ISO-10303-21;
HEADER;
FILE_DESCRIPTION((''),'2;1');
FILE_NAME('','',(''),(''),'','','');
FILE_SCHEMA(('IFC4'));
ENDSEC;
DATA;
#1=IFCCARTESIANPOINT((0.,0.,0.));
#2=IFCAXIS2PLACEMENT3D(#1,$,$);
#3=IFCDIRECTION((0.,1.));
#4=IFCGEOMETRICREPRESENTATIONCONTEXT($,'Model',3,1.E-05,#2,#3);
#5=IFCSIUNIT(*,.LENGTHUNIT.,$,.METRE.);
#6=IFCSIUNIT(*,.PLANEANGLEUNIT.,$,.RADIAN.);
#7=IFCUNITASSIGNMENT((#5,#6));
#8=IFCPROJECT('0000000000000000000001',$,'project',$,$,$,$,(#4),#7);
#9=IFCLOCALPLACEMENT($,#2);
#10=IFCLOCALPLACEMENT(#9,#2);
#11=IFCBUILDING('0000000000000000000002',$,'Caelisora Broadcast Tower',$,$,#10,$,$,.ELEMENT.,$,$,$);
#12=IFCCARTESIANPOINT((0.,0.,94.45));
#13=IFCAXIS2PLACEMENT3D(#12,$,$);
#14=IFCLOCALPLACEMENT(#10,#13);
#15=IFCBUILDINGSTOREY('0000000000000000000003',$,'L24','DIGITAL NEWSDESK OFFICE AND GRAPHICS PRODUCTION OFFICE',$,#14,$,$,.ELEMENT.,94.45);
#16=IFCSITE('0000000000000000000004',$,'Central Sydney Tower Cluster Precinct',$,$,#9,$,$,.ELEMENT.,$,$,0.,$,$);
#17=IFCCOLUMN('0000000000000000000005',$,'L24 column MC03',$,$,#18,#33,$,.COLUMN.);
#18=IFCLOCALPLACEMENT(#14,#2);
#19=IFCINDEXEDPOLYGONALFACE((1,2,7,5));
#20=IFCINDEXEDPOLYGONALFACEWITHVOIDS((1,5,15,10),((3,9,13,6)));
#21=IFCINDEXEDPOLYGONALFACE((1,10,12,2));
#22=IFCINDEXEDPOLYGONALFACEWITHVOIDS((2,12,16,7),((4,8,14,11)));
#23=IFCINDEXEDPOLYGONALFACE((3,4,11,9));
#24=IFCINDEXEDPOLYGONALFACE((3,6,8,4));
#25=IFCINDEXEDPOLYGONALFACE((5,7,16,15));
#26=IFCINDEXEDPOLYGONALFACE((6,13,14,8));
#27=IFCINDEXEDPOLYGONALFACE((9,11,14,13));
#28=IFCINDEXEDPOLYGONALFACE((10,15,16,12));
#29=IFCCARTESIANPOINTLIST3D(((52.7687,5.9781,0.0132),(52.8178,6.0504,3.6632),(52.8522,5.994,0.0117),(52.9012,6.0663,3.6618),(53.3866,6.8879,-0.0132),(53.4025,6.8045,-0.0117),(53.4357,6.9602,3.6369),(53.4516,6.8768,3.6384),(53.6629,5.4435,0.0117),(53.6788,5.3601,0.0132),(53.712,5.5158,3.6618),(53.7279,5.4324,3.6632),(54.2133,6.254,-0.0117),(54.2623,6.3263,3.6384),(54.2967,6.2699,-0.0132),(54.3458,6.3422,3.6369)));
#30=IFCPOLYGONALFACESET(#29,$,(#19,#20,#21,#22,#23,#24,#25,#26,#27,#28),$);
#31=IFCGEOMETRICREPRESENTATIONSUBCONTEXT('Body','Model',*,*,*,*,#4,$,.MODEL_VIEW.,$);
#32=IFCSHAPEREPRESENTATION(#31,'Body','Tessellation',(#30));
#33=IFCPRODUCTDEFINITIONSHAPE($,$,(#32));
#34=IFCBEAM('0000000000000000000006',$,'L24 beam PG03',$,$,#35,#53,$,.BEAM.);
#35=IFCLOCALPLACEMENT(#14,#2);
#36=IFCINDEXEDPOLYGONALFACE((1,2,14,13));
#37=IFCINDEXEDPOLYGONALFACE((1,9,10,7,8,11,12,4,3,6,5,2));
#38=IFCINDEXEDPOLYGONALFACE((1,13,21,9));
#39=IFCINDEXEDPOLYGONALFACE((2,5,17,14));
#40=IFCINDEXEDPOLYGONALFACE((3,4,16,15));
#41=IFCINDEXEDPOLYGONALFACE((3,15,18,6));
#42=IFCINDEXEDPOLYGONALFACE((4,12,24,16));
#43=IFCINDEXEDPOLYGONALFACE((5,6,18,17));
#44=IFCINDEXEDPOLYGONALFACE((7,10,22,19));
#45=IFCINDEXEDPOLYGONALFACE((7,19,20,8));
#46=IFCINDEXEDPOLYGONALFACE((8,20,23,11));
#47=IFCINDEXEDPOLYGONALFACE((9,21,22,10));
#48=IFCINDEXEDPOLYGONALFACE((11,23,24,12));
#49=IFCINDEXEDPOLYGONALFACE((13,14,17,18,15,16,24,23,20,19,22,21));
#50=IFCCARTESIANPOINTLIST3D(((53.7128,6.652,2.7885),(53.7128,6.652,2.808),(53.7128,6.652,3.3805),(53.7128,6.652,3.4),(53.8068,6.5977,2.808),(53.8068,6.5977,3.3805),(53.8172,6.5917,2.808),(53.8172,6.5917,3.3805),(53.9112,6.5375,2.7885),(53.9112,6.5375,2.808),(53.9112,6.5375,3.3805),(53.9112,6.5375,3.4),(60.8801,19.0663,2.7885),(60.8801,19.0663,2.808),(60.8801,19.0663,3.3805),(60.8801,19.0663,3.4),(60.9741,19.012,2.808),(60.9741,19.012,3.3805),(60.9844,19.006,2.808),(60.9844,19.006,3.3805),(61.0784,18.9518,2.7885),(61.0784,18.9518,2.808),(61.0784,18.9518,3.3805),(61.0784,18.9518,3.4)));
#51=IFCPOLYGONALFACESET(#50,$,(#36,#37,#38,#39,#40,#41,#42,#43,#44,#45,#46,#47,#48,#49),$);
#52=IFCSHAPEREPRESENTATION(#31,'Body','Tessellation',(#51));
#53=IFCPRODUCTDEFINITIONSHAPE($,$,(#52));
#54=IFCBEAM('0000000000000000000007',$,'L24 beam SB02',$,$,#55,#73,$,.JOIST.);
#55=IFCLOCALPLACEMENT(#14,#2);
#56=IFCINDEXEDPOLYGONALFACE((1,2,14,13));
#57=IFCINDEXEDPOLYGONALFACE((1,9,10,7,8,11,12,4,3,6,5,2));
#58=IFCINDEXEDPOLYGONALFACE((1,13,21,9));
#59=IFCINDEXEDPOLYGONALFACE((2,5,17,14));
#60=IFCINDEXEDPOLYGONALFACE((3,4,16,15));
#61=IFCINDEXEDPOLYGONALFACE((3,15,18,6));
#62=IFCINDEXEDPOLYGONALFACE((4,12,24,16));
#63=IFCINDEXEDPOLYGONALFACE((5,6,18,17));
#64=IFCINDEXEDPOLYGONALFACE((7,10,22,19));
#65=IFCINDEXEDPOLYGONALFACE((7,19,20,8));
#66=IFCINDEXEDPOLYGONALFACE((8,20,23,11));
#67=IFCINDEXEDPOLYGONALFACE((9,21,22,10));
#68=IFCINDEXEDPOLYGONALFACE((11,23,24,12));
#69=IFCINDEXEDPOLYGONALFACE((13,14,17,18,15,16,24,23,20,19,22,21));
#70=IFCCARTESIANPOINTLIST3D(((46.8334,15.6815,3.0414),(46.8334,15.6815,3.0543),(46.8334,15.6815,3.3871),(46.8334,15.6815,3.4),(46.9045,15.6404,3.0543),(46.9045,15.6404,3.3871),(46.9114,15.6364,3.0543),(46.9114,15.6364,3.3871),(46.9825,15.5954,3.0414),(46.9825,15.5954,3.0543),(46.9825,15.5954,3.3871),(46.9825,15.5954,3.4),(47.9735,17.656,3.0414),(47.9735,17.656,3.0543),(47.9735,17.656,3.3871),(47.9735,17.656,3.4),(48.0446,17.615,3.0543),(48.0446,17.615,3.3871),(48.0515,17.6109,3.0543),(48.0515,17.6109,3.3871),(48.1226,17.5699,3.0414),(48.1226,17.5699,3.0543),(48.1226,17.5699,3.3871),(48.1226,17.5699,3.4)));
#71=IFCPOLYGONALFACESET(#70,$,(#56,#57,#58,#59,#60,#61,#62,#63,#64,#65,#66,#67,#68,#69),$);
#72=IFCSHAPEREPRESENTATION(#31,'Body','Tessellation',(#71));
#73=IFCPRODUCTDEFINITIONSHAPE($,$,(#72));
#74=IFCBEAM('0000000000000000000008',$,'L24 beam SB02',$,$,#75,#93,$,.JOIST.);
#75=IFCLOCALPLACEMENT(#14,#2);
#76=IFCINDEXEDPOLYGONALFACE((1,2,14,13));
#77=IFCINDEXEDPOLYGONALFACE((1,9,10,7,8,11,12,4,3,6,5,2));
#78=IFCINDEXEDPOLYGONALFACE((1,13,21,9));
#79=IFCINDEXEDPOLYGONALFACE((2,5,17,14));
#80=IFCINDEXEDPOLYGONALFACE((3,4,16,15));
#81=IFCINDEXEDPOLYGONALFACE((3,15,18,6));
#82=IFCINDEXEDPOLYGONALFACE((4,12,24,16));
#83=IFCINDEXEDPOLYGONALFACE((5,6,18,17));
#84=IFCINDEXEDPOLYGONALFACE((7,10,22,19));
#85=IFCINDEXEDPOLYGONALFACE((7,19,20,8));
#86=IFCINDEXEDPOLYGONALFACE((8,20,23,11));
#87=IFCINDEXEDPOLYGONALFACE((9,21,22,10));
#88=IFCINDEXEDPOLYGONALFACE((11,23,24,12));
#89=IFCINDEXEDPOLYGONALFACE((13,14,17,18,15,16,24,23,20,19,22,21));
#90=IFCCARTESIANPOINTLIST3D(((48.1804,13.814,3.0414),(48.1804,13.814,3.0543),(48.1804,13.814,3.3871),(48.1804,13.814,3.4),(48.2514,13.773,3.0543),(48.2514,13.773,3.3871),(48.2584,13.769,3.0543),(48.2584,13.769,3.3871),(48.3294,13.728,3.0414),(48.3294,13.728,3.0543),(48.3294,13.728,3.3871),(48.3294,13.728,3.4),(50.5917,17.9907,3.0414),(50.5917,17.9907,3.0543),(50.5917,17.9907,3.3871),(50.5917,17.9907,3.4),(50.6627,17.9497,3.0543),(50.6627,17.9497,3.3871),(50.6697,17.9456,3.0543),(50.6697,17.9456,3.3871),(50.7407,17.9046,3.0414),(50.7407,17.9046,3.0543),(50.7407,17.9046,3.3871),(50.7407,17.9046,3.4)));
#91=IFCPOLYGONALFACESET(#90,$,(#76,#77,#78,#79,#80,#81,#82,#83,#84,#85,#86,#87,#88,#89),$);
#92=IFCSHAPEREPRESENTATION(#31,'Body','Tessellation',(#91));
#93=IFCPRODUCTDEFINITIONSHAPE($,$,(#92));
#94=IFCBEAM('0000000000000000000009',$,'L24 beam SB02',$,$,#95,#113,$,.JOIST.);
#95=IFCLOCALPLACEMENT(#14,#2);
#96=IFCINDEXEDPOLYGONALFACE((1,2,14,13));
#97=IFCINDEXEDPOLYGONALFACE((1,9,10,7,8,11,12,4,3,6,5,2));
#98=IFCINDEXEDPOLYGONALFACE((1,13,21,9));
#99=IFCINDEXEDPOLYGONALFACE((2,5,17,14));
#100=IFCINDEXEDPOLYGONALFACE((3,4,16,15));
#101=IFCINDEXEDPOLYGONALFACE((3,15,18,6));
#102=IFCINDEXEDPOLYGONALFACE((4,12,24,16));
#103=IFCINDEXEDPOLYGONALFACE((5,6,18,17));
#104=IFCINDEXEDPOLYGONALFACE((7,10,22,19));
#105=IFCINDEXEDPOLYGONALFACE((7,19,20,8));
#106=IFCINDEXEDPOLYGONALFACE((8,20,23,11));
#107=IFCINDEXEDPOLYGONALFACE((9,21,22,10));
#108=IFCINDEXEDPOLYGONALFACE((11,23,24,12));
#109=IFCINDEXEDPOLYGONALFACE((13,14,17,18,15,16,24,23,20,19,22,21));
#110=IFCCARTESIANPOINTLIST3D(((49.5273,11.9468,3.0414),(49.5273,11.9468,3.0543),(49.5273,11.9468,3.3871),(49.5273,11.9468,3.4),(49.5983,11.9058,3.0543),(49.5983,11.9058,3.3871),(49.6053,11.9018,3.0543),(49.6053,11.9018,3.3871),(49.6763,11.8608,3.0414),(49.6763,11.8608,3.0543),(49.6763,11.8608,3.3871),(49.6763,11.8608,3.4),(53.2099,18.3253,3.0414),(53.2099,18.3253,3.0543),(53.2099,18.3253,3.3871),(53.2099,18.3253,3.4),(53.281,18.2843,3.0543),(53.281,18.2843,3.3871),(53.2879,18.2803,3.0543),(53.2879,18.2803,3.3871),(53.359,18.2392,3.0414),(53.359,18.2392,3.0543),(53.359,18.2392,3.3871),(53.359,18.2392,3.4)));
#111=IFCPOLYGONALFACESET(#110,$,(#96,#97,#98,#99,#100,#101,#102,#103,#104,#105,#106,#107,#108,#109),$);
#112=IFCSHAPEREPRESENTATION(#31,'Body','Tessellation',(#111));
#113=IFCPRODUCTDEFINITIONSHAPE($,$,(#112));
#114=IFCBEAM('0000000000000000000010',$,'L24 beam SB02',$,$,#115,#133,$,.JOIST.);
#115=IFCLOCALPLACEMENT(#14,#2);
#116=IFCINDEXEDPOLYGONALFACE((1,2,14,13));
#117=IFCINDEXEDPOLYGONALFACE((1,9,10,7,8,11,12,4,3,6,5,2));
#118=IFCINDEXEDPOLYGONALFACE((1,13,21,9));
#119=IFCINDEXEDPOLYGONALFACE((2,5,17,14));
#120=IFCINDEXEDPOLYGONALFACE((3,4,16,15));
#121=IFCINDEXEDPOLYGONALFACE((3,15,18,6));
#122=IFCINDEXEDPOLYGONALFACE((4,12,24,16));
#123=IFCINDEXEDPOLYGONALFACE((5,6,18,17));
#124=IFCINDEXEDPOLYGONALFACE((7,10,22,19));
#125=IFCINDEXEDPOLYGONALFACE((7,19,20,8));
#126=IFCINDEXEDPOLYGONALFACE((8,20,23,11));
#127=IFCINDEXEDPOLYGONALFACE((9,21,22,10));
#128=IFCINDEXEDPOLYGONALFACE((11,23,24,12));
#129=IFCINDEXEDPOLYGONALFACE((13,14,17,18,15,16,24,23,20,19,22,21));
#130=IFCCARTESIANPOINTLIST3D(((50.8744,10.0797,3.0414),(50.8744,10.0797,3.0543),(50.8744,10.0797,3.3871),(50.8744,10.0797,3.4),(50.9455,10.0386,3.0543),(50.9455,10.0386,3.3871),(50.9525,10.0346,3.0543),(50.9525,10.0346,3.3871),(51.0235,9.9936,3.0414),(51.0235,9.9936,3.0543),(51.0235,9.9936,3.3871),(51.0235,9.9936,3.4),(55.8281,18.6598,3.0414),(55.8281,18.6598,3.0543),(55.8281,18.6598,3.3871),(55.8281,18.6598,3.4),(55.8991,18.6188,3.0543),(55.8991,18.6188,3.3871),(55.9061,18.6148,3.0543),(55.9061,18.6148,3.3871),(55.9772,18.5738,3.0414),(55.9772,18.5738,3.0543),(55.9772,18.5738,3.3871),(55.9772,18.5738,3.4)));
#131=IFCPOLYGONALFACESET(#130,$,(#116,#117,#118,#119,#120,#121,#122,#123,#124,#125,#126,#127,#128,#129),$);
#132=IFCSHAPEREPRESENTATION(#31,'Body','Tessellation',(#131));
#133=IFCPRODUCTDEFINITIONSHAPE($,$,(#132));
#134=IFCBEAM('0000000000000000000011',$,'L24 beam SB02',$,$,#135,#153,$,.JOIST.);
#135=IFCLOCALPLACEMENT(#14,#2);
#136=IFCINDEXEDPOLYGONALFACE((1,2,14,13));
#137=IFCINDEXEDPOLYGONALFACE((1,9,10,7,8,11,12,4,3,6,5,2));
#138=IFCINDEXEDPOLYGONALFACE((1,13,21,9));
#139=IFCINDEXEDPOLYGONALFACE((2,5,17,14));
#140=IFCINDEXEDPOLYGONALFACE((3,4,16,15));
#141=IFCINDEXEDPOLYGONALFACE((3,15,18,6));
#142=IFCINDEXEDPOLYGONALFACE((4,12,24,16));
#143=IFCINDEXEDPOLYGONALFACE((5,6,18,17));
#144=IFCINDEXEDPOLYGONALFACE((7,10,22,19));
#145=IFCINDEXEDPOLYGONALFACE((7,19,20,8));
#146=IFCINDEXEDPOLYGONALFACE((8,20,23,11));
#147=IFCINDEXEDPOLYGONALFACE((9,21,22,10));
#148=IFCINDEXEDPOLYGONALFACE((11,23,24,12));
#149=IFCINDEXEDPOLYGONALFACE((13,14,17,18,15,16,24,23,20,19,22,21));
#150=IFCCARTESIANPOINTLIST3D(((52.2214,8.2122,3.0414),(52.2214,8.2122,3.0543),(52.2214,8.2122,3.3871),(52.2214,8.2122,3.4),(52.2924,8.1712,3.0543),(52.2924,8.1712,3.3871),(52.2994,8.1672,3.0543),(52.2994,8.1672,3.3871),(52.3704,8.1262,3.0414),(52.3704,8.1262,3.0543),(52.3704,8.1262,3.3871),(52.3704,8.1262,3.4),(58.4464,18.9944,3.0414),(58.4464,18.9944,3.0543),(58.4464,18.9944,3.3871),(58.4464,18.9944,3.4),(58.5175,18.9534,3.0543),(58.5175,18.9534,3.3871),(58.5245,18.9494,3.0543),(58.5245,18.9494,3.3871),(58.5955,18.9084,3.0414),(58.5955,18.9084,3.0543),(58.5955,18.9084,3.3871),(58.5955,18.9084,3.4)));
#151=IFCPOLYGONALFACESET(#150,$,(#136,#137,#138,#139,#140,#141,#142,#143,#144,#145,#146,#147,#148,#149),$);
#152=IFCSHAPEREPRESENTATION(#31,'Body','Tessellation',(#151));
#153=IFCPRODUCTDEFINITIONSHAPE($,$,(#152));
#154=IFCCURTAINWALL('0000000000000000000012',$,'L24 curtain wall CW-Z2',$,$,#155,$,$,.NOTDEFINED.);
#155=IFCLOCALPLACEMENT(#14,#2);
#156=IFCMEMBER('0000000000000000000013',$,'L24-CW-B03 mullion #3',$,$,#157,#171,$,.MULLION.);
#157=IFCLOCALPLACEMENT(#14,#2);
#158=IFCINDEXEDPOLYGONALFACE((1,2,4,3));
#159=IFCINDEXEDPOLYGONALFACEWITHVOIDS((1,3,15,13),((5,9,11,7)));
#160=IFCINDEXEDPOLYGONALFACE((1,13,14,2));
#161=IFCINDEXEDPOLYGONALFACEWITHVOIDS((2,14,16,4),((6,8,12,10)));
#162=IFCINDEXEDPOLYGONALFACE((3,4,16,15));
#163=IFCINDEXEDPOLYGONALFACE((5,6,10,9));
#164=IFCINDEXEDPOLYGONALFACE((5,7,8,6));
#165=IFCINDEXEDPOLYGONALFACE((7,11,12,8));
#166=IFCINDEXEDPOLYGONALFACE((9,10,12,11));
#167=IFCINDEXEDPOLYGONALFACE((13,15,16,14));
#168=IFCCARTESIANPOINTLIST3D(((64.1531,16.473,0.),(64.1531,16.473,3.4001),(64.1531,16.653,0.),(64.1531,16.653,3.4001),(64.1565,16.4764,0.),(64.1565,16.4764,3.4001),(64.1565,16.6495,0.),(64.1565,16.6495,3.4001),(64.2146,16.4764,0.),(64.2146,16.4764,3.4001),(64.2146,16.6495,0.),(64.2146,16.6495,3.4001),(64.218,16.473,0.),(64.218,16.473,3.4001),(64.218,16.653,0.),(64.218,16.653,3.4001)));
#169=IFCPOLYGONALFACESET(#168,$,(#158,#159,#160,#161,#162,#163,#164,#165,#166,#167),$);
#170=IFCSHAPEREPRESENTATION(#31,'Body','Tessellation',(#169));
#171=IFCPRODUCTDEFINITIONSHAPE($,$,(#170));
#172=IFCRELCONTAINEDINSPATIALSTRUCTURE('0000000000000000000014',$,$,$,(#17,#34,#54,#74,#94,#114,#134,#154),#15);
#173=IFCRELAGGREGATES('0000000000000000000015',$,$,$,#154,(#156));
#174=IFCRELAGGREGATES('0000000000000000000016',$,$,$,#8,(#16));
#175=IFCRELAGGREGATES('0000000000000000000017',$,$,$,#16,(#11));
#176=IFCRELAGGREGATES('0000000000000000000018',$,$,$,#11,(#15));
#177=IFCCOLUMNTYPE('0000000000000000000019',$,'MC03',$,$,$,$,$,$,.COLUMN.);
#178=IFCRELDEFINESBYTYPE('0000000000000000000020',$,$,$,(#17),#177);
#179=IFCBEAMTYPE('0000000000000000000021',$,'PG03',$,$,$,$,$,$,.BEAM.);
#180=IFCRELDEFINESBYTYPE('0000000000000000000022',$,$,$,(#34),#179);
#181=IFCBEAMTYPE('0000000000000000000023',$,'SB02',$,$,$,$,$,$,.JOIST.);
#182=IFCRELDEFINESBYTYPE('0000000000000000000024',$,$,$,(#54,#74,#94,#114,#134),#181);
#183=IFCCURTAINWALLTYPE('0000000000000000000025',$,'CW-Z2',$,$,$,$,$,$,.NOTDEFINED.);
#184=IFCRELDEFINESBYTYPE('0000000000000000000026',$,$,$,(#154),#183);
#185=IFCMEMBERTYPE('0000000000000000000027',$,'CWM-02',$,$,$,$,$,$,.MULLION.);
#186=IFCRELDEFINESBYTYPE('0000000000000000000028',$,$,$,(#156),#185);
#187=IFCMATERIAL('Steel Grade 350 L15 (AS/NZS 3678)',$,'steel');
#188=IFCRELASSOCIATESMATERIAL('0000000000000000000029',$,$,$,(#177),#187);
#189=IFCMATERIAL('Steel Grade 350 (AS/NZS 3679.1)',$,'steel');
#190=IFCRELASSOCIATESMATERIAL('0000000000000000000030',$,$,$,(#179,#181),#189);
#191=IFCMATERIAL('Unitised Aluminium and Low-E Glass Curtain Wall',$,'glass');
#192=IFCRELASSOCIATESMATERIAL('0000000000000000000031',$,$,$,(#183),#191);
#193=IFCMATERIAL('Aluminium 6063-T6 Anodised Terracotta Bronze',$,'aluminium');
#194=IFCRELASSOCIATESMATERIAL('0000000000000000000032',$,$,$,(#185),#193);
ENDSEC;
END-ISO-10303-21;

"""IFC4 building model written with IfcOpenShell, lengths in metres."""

from ifc_helpers import new_model, si_unit, direction, frame, origin, origin_2d, place, context, subcontext, project, spatial, hollow_rectangle, i_section, extrude, source, transform, mapped, material, material_profile, profile_set, type_object, type_shapes, element, aggregate, save


model = new_model("IFC4")

# Units and contexts
model_context = context("Model", 3, precision=1e-05, world=origin(), true_north=direction((0.0, 1.0)))
body_context = subcontext(model_context, "Body", "Model", "MODEL_VIEW")
ifc_project = project(units=[si_unit("LENGTHUNIT", "METRE"), si_unit("PLANEANGLEUNIT", "RADIAN")], contexts=[model_context])

# Site, building, storey
site_placement = place(None, origin())
site = spatial("IfcSite", under=ifc_project, at=site_placement, Name="Central Sydney Tower Cluster Precinct", CompositionType="ELEMENT", RefElevation=0.0)
building_placement = place(site_placement, origin())
building = spatial("IfcBuilding", under=site, at=building_placement, Name="Caelisora Broadcast Tower", CompositionType="ELEMENT")
storey_placement = place(building_placement, frame((0.0, 0.0, 94.45)))
storey = spatial("IfcBuildingStorey", under=building, at=storey_placement, Name="L24", Description="DIGITAL NEWSDESK OFFICE AND GRAPHICS PRODUCTION OFFICE", CompositionType="ELEMENT", Elevation=94.45)

# Column
ifc_material_1 = material(Name="Steel Grade 350 L15 (AS/NZS 3678)", Category="steel")
ifc_material_profile_1 = material_profile(ifc_material_1, hollow_rectangle(XDim=1.1001, YDim=1.1001, WallThickness=0.0601, at=origin_2d()), Name="Steel Grade 350 L15 (AS/NZS 3678)")
ifc_profile_set_1 = profile_set([ifc_material_profile_1], Name="Steel Grade 350 L15 (AS/NZS 3678)")
column_type = type_object("IfcColumnType", Name="MC03", PredefinedType="COLUMN", material=ifc_profile_set_1)
shared_shape_1 = source(origin(), body_context, "Body", "SweptSolid", [
    extrude(hollow_rectangle(XDim=1.1001, YDim=1.1001, WallThickness=0.0601, at=origin_2d()), origin(), (0.0, 0.0, 1.0), 3.6511),
])
type_shapes(column_type, [shared_shape_1])
column_placement = place(storey_placement, frame((53.5327, 6.124, 0.0), z_axis=(0.01344, 0.019792, 0.999714), x_axis=(-0.82729, 0.561775, 0.0)))
element("IfcColumn", 1, at=column_placement, inside=storey, type_object=column_type, Name="L24 column MC03", PredefinedType="COLUMN", context=body_context, shape_type="MappedRepresentation", body=[
    mapped(shared_shape_1, transform((0.0, 0.0, 0.0), scale=1.0)),
])

# Beams
ifc_material_2 = material(Name="Steel Grade 350 (AS/NZS 3679.1)", Category="steel")
ifc_material_profile_2 = material_profile(ifc_material_2, i_section(OverallWidth=0.229, OverallDepth=0.6116, WebThickness=0.012, FlangeThickness=0.0195, at=origin_2d()), Name="Steel Grade 350 (AS/NZS 3679.1)")
ifc_profile_set_2 = profile_set([ifc_material_profile_2], Name="Steel Grade 350 (AS/NZS 3679.1)")
beam_type_1 = type_object("IfcBeamType", Name="PG03", PredefinedType="BEAM", material=ifc_profile_set_2)
shared_shape_2 = source(origin(), body_context, "Body", "SweptSolid", [
    extrude(i_section(OverallWidth=0.229, OverallDepth=0.6116, WebThickness=0.012, FlangeThickness=0.0195, at=origin_2d()), origin(), (0.0, 0.0, 1.0), 14.3347),
])
type_shapes(beam_type_1, [shared_shape_2])
beam_1_placement = place(storey_placement, frame((53.812, 6.5947, 3.0942), z_axis=(0.499991, 0.86603, 0.0), x_axis=(-0.86603, 0.499991, 0.0)))
element("IfcBeam", 2, at=beam_1_placement, inside=storey, type_object=beam_type_1, Name="L24 beam PG03", PredefinedType="BEAM", context=body_context, shape_type="MappedRepresentation", body=[
    mapped(shared_shape_2, transform((0.0, 0.0, 0.0), scale=1.0)),
])
ifc_material_profile_3 = material_profile(ifc_material_2, i_section(OverallWidth=0.1721, OverallDepth=0.3586, WebThickness=0.0081, FlangeThickness=0.0129, at=origin_2d()), Name="Steel Grade 350 (AS/NZS 3679.1)")
ifc_profile_set_3 = profile_set([ifc_material_profile_3], Name="Steel Grade 350 (AS/NZS 3679.1)")
beam_type_2 = type_object("IfcBeamType", Name="SB02", PredefinedType="JOIST", material=ifc_profile_set_3)
shared_shape_3 = source(origin(), body_context, "Body", "SweptSolid", [
    extrude(i_section(OverallWidth=0.1721, OverallDepth=0.3586, WebThickness=0.0081, FlangeThickness=0.0129, at=origin_2d()), origin(), (0.0, 0.0, 1.0), 2.28),
])
beam_2_placement = place(storey_placement, frame((46.908, 15.6384, 3.2207), z_axis=(0.500031, 0.866007, 0.0), x_axis=(-0.866007, 0.500031, 0.0)))
element("IfcBeam", 3, at=beam_2_placement, inside=storey, type_object=beam_type_2, Name="L24 beam SB02", PredefinedType="JOIST", context=body_context, shape_type="MappedRepresentation", body=[
    mapped(shared_shape_3, transform((0.0, 0.0, 0.0), scale=1.0)),
])
shared_shape_4 = source(origin(), body_context, "Body", "SweptSolid", [
    extrude(i_section(OverallWidth=0.1721, OverallDepth=0.3586, WebThickness=0.0081, FlangeThickness=0.0129, at=origin_2d()), origin(), (0.0, 0.0, 1.0), 4.8228),
])
beam_3_placement = place(storey_placement, frame((48.2549, 13.771, 3.2207), z_axis=(0.499988, 0.866032, 0.0), x_axis=(-0.866032, 0.499988, 0.0)))
element("IfcBeam", 4, at=beam_3_placement, inside=storey, type_object=beam_type_2, Name="L24 beam SB02", PredefinedType="JOIST", context=body_context, shape_type="MappedRepresentation", body=[
    mapped(shared_shape_4, transform((0.0, 0.0, 0.0), scale=1.0)),
])
shared_shape_5 = source(origin(), body_context, "Body", "SweptSolid", [
    extrude(i_section(OverallWidth=0.1721, OverallDepth=0.3586, WebThickness=0.0081, FlangeThickness=0.0129, at=origin_2d()), origin(), (0.0, 0.0, 1.0), 7.3652),
])
beam_4_placement = place(storey_placement, frame((49.6018, 11.9038, 3.2207), z_axis=(0.500004, 0.866023, 0.0), x_axis=(-0.866023, 0.500004, 0.0)))
element("IfcBeam", 5, at=beam_4_placement, inside=storey, type_object=beam_type_2, Name="L24 beam SB02", PredefinedType="JOIST", context=body_context, shape_type="MappedRepresentation", body=[
    mapped(shared_shape_5, transform((0.0, 0.0, 0.0), scale=1.0)),
])
shared_shape_6 = source(origin(), body_context, "Body", "SweptSolid", [
    extrude(i_section(OverallWidth=0.1721, OverallDepth=0.3586, WebThickness=0.0081, FlangeThickness=0.0129, at=origin_2d()), origin(), (0.0, 0.0, 1.0), 9.9075),
])
beam_5_placement = place(storey_placement, frame((50.949, 10.0366, 3.2207), z_axis=(0.499993, 0.86603, 0.0), x_axis=(-0.86603, 0.499993, 0.0)))
element("IfcBeam", 6, at=beam_5_placement, inside=storey, type_object=beam_type_2, Name="L24 beam SB02", PredefinedType="JOIST", context=body_context, shape_type="MappedRepresentation", body=[
    mapped(shared_shape_6, transform((0.0, 0.0, 0.0), scale=1.0)),
])
shared_shape_7 = source(origin(), body_context, "Body", "SweptSolid", [
    extrude(i_section(OverallWidth=0.1721, OverallDepth=0.3586, WebThickness=0.0081, FlangeThickness=0.0129, at=origin_2d()), origin(), (0.0, 0.0, 1.0), 12.4502),
])
type_shapes(beam_type_2, [shared_shape_3, shared_shape_4, shared_shape_5, shared_shape_6, shared_shape_7])
beam_6_placement = place(storey_placement, frame((52.2959, 8.1692, 3.2207), z_axis=(0.499999, 0.866026, 0.0), x_axis=(-0.866026, 0.499999, 0.0)))
element("IfcBeam", 7, at=beam_6_placement, inside=storey, type_object=beam_type_2, Name="L24 beam SB02", PredefinedType="JOIST", context=body_context, shape_type="MappedRepresentation", body=[
    mapped(shared_shape_7, transform((0.0, 0.0, 0.0), scale=1.0)),
])

# Curtain wall, member
ifc_material_3 = material(Name="Unitised Aluminium and Low-E Glass Curtain Wall", Category="glass")
curtain_wall_type = type_object("IfcCurtainWallType", Name="CW-Z2", PredefinedType="NOTDEFINED", material=ifc_material_3)
curtain_wall_1_placement = place(storey_placement, origin())
curtain_wall_1 = element("IfcCurtainWall", 8, at=curtain_wall_1_placement, inside=storey, type_object=curtain_wall_type, Name="L24 curtain wall CW-Z2", PredefinedType="NOTDEFINED")
ifc_material_4 = material(Name="Aluminium 6063-T6 Anodised Terracotta Bronze", Category="aluminium")
ifc_material_profile_4 = material_profile(ifc_material_4, hollow_rectangle(XDim=0.0649, YDim=0.1799, WallThickness=0.0034, at=origin_2d()), Name="Aluminium 6063-T6 Anodised Terracotta Bronze")
ifc_profile_set_4 = profile_set([ifc_material_profile_4], Name="Aluminium 6063-T6 Anodised Terracotta Bronze")
member_type_1 = type_object("IfcMemberType", Name="CWM-02", PredefinedType="MULLION", material=ifc_profile_set_4)
shared_shape_8 = source(origin(), body_context, "Body", "SweptSolid", [
    extrude(hollow_rectangle(XDim=0.0649, YDim=0.1799, WallThickness=0.0034, at=origin_2d()), origin(), (0.0, 0.0, 1.0), 3.4001),
])
type_shapes(member_type_1, [shared_shape_8])
member_1_placement = place(storey_placement, frame((64.1855, 16.563, 0.0), z_axis=(0.0, 0.0, 1.0), x_axis=(1.0, 0.0, 0.0)))
member_1 = element("IfcMember", 9, at=member_1_placement, type_object=member_type_1, Name="L24-CW-B03 mullion #3", PredefinedType="MULLION", context=body_context, shape_type="MappedRepresentation", body=[
    mapped(shared_shape_8, transform((0.0, 0.0, 0.0), scale=1.0)),
])
aggregate(curtain_wall_1, [member_1])

save(model, "model.ifc")
